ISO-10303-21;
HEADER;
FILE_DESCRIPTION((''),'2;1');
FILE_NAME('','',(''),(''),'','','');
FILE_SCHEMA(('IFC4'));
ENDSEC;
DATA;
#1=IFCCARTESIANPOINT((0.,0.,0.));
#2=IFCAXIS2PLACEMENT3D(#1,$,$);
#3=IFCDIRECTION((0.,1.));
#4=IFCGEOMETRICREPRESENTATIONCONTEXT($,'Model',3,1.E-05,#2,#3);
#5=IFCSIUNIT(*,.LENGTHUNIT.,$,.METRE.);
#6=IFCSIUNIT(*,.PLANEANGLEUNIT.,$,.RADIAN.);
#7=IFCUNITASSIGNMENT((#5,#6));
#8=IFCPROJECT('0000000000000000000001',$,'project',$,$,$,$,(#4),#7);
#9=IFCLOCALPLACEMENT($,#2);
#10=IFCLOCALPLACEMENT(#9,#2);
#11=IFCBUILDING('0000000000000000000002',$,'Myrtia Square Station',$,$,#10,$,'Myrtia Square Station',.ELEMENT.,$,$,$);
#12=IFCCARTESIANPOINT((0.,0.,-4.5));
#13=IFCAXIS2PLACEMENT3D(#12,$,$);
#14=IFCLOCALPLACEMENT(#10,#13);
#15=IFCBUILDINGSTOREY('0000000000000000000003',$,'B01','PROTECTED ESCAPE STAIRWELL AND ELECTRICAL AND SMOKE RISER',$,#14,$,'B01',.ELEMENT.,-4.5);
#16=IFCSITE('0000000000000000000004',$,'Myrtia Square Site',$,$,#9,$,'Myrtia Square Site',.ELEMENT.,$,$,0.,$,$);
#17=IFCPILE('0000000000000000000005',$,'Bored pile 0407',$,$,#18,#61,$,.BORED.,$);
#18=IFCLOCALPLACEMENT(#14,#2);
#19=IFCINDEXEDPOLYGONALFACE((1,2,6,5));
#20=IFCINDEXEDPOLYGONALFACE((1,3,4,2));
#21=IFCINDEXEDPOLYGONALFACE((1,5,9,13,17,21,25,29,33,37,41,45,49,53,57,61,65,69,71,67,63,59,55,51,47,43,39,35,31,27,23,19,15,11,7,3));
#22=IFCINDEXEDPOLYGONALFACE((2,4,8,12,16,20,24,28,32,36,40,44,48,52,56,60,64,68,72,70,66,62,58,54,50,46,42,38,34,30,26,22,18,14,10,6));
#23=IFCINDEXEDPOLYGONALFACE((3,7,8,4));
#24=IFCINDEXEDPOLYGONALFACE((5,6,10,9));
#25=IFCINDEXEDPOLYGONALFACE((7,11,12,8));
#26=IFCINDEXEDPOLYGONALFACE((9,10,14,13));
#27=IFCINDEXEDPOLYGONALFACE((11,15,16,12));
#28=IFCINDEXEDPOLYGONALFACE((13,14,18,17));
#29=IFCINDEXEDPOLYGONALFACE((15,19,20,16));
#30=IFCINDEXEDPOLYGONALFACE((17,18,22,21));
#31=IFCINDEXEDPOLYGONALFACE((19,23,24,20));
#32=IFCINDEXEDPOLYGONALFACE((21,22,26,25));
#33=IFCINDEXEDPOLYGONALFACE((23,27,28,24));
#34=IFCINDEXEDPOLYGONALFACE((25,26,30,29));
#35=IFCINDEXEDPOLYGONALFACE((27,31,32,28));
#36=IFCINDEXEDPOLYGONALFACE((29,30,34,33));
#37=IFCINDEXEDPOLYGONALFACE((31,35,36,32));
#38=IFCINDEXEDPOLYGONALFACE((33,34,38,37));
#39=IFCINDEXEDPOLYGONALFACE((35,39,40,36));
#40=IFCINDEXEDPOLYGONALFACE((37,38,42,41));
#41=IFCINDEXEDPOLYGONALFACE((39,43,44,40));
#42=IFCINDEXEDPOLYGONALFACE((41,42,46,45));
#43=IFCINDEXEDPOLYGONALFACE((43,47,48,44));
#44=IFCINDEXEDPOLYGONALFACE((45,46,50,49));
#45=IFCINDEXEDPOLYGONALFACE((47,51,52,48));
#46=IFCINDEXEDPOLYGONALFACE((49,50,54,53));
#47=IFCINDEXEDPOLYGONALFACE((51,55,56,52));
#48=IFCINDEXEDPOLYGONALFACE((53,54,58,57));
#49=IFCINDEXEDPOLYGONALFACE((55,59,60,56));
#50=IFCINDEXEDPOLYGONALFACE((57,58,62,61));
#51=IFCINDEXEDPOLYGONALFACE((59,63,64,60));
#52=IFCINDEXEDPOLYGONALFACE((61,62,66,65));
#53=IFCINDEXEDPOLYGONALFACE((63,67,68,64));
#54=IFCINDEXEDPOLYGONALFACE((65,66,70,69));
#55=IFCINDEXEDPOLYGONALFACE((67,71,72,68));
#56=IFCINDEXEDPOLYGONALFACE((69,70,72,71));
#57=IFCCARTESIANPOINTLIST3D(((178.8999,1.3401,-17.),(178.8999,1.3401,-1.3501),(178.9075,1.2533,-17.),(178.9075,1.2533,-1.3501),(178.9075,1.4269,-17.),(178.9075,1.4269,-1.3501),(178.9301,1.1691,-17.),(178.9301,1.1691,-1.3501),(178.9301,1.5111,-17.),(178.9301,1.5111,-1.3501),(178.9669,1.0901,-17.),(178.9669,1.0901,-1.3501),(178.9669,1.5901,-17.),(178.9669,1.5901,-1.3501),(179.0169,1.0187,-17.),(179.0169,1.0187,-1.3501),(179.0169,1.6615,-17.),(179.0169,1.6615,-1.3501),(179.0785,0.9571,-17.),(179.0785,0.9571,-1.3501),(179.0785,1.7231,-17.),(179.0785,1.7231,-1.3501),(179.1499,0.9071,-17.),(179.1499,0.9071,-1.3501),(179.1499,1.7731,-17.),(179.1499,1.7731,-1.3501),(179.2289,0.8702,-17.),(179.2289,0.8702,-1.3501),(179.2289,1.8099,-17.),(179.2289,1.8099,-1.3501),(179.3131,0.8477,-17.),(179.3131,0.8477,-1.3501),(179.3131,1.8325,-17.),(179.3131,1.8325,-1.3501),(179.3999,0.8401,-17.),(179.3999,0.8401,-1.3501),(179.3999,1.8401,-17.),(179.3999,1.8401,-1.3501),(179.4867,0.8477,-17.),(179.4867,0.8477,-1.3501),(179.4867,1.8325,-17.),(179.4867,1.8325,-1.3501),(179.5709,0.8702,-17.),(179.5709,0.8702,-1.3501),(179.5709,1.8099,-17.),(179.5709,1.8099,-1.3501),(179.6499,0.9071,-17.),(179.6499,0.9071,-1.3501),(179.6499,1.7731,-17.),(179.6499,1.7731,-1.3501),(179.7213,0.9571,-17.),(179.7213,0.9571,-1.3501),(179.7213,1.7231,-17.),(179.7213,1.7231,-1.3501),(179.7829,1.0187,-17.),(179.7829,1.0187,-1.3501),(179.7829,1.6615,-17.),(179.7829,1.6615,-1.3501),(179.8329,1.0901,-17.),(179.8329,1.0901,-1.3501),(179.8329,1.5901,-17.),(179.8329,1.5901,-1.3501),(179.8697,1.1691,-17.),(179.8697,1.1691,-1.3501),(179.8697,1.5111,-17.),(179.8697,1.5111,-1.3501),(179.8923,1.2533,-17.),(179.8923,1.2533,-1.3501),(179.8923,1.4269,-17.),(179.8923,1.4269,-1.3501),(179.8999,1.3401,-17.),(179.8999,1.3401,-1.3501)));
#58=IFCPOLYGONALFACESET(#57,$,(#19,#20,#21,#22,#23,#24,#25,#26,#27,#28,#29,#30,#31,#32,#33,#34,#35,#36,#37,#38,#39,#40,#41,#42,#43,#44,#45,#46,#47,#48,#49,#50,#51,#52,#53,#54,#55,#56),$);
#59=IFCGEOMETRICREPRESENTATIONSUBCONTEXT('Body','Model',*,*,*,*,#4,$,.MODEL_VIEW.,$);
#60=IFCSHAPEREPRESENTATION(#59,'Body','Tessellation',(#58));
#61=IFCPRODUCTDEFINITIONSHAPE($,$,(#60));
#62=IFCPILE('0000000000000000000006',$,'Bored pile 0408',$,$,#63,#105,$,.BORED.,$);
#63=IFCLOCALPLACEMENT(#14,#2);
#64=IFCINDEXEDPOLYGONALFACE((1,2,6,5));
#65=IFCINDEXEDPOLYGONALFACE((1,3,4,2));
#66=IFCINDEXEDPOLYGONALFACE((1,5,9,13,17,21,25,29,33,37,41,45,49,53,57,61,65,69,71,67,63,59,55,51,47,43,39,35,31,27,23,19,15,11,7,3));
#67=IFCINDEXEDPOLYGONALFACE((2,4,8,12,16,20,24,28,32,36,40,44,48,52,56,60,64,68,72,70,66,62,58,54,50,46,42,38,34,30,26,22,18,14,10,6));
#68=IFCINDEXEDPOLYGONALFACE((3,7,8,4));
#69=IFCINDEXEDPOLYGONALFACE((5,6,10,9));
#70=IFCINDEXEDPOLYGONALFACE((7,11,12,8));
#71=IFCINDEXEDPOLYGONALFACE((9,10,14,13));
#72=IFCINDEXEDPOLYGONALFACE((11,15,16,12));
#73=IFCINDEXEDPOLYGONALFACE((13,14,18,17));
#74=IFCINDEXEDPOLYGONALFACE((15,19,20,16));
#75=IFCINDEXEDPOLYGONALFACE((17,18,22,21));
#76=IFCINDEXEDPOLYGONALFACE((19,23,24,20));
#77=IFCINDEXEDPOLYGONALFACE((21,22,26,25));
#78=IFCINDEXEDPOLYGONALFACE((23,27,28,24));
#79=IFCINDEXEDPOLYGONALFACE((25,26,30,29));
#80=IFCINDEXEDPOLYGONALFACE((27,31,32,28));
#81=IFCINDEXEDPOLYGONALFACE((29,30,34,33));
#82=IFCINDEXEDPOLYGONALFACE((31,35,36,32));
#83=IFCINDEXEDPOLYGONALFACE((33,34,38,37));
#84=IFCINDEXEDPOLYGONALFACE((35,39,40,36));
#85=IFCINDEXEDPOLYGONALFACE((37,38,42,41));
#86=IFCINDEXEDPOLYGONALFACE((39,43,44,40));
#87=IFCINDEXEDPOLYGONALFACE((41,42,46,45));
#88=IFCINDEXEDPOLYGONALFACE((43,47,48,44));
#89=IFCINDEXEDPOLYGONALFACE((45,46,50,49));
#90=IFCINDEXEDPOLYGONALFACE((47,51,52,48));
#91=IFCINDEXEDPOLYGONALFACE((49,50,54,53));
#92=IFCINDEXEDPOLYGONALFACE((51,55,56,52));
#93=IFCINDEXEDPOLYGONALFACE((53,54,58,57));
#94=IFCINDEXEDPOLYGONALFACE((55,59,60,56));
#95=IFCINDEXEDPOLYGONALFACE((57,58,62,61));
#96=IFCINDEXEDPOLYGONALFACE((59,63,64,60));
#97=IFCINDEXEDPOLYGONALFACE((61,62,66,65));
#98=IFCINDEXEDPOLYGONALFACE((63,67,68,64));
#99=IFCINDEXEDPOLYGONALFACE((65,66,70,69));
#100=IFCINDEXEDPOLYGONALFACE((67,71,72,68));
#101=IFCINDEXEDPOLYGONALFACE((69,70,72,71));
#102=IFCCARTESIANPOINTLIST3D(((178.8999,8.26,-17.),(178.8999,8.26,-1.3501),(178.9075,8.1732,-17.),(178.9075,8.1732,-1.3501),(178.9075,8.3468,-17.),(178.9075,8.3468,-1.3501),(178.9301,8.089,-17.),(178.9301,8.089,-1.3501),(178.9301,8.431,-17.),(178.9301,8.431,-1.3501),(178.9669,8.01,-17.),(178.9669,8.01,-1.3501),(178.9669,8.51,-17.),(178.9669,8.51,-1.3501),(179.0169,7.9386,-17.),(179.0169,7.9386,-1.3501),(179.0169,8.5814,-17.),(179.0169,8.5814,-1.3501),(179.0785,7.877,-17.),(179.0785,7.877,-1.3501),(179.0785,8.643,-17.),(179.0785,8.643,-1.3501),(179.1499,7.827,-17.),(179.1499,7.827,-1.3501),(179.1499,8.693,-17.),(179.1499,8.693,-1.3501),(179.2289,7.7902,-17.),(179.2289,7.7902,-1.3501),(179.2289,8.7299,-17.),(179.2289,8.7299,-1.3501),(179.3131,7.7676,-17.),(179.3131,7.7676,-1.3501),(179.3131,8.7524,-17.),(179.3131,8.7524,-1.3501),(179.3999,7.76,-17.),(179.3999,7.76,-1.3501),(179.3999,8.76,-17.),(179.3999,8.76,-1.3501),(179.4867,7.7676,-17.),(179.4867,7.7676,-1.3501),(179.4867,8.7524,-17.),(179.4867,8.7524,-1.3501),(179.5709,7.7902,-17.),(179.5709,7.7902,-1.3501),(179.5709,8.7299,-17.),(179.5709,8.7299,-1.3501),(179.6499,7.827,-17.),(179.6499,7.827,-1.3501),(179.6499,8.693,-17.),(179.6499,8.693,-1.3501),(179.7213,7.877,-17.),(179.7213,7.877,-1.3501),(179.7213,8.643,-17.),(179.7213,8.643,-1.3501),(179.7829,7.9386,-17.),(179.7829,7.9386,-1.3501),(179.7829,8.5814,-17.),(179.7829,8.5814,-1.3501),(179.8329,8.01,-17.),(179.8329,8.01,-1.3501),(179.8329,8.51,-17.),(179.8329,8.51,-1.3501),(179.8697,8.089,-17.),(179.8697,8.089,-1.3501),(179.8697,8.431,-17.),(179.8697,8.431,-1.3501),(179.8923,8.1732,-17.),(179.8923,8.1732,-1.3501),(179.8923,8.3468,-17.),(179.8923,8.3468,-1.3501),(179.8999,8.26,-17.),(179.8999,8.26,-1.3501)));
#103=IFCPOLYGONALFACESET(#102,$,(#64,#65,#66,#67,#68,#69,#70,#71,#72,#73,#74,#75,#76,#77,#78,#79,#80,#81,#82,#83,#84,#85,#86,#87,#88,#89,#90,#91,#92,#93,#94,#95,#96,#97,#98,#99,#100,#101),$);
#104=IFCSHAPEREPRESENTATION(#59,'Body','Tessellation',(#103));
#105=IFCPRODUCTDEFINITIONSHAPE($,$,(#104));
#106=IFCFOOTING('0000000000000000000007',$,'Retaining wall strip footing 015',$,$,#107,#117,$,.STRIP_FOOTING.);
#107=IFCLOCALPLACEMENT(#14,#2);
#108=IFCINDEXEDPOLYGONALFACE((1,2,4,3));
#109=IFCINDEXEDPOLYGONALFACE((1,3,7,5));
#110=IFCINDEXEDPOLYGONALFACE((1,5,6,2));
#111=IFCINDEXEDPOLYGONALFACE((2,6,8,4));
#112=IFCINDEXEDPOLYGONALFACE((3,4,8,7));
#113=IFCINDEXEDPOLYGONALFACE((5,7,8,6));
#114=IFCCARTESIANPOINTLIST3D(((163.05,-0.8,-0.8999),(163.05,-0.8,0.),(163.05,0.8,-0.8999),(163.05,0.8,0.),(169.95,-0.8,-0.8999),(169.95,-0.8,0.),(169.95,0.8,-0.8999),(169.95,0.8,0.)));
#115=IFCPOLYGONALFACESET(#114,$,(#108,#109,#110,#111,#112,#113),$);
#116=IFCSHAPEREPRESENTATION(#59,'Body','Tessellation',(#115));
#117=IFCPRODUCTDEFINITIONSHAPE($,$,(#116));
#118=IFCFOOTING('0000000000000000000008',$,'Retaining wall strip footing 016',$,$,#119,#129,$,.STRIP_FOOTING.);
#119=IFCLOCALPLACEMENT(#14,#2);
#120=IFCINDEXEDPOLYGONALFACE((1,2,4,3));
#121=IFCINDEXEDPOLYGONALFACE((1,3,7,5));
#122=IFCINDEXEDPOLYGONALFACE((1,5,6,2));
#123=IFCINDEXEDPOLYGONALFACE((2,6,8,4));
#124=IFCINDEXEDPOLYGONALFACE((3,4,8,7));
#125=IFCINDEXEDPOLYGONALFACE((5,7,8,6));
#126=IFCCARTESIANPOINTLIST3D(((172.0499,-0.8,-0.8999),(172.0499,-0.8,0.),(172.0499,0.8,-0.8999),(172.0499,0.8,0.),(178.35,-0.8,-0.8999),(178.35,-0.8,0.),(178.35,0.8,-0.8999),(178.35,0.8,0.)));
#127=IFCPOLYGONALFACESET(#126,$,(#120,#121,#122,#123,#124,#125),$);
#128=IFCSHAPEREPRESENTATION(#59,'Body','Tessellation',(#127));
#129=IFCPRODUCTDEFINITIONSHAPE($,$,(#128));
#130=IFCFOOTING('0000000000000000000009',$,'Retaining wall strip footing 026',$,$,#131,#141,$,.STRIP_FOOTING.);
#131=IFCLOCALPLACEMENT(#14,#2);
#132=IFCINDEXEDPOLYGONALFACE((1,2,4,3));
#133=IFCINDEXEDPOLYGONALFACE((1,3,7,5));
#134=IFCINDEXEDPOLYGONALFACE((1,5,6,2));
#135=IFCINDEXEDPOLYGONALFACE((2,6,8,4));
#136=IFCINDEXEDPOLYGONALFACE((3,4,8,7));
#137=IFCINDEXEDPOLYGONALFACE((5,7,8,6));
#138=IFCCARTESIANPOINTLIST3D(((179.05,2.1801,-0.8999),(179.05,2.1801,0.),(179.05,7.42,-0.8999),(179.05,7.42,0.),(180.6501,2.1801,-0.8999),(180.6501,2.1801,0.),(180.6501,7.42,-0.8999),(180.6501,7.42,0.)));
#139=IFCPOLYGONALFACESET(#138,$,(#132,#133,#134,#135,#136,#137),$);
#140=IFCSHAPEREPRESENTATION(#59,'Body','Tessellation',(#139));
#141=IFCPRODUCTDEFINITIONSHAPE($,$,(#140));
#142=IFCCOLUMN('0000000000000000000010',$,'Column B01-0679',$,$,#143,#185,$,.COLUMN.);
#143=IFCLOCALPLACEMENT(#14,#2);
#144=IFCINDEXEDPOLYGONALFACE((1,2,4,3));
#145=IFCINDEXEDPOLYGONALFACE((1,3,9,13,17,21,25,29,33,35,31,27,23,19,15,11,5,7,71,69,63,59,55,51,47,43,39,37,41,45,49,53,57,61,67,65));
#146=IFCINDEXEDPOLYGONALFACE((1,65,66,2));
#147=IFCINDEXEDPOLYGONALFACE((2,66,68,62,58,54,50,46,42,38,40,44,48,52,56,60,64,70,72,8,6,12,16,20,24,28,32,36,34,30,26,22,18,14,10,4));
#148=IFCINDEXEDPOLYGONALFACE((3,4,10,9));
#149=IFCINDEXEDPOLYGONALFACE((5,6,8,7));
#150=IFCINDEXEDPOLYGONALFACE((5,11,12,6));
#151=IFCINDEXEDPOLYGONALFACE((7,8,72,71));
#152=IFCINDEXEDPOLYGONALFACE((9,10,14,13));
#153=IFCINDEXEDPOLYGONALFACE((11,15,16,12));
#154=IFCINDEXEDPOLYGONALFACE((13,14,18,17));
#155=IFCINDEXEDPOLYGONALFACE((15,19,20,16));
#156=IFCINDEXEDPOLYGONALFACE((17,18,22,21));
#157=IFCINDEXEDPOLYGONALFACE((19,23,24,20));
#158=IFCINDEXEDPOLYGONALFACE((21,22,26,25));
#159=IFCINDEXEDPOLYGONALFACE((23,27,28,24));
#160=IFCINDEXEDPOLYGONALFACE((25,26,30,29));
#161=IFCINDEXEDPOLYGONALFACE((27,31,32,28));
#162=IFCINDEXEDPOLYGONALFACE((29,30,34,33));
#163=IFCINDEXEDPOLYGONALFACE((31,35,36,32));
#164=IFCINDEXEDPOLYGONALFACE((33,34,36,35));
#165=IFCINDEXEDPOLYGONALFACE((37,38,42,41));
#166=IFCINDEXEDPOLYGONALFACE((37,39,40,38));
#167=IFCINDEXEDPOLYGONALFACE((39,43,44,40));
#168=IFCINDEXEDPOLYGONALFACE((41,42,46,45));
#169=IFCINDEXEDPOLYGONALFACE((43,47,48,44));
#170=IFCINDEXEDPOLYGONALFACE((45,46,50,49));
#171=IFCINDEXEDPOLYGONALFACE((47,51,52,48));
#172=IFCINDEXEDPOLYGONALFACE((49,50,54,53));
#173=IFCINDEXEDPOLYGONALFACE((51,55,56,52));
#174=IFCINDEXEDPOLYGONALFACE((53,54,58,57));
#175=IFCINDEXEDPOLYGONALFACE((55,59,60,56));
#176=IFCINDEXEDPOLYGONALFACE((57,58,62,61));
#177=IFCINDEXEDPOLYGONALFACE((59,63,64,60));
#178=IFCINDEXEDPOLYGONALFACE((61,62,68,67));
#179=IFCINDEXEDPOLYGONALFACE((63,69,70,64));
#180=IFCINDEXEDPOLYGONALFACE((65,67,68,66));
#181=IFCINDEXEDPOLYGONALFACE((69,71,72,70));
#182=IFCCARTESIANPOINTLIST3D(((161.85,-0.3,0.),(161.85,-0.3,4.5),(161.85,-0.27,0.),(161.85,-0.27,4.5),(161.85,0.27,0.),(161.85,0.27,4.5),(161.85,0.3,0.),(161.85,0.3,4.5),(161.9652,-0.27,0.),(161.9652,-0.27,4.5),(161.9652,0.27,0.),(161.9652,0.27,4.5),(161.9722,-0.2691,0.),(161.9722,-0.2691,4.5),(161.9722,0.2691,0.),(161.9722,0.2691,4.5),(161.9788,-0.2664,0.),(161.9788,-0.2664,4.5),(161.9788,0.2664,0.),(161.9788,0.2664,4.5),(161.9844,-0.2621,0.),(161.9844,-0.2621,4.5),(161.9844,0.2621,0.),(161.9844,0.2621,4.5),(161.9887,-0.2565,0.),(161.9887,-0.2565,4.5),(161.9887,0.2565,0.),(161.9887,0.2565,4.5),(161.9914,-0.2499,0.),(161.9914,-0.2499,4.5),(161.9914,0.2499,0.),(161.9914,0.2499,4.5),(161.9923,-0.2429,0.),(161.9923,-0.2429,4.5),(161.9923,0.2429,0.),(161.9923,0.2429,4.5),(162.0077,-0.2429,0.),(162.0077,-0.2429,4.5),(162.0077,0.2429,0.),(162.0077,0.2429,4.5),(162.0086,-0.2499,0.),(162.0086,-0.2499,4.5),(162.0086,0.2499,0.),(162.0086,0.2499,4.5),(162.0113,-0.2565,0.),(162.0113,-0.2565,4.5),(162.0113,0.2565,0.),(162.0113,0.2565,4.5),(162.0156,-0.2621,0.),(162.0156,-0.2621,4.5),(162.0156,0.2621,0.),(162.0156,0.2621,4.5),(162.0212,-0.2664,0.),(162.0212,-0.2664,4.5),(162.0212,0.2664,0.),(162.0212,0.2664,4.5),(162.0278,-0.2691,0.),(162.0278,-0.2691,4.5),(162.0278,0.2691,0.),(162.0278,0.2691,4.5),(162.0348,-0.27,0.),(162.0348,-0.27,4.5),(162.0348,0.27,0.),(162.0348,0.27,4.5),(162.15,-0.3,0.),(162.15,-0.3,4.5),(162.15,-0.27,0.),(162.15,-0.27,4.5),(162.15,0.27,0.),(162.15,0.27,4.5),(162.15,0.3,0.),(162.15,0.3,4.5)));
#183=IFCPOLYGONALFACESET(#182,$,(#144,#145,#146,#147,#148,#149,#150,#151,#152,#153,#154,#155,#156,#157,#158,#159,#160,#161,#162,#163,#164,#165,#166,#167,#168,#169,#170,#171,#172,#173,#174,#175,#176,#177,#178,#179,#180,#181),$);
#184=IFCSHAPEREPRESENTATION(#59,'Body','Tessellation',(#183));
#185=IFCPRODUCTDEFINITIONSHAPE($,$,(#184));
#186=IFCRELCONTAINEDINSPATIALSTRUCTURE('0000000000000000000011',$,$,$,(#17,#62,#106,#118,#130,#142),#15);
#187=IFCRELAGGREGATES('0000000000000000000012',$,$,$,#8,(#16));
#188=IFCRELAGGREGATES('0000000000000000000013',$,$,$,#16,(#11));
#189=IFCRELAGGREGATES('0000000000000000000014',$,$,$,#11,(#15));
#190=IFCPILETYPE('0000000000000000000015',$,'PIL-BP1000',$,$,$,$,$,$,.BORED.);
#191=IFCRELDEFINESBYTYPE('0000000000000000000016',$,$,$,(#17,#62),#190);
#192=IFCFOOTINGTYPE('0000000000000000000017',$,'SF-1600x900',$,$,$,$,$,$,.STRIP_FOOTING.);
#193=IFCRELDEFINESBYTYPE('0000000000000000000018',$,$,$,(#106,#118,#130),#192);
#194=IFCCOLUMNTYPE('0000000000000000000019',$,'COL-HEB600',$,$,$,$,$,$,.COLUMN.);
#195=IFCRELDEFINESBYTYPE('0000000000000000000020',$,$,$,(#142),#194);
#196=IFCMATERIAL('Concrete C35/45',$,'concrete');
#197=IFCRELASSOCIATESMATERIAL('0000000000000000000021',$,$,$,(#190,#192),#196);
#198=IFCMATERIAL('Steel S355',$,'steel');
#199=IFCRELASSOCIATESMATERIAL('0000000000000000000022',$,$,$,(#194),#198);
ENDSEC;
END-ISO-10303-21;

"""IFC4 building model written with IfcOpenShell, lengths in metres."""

from ifc_helpers import new_model, si_unit, direction, frame, origin, origin_2d, place, context, subcontext, project, spatial, rectangle, circle, i_section, extrude, material, material_profile, profile_set, type_object, element, save


model = new_model("IFC4")

# Units and contexts
model_context = context("Model", 3, precision=1e-05, world=origin(), true_north=direction((0.0, 1.0)))
body_context = subcontext(model_context, "Body", "Model", "MODEL_VIEW")
ifc_project = project(units=[si_unit("LENGTHUNIT", "METRE"), si_unit("PLANEANGLEUNIT", "RADIAN")], contexts=[model_context])

# Site, building, storey
site_placement = place(None, origin())
site = spatial("IfcSite", under=ifc_project, at=site_placement, Name="Myrtia Square Site", LongName="Myrtia Square Site", CompositionType="ELEMENT", RefElevation=0.0)
building_placement = place(site_placement, origin())
building = spatial("IfcBuilding", under=site, at=building_placement, Name="Myrtia Square Station", LongName="Myrtia Square Station", CompositionType="ELEMENT")
storey_placement = place(building_placement, frame((0.0, 0.0, -4.5)))
storey = spatial("IfcBuildingStorey", under=building, at=storey_placement, Name="B01", Description="PROTECTED ESCAPE STAIRWELL AND ELECTRICAL AND SMOKE RISER", LongName="B01", CompositionType="ELEMENT", Elevation=-4.5)

# Shared definitions
ifc_material_1 = material(Name="Concrete C35/45", Category="concrete")

# Piles
ifc_material_profile_1 = material_profile(ifc_material_1, circle(Radius=0.5, at=origin_2d()), Name="BP D1000")
ifc_profile_set_1 = profile_set([ifc_material_profile_1], Name="Concrete C35/45")
pile_type = type_object("IfcPileType", Name="PIL-BP1000", PredefinedType="BORED", material=ifc_profile_set_1)
for number, where, z_axis, x_axis, name in (
    (1, (179.3999, 1.3401, -1.3501), (0.0, 0.0, -1.0), (1.0, 0.0, 0.0), "Bored pile 0407"),
    (2, (179.3999, 8.26, -1.3501), (0.0, 0.0, -1.0), (1.0, 0.0, 0.0), "Bored pile 0408"),
):
    element("IfcPile", number, at=place(storey_placement, frame(where, z_axis=z_axis, x_axis=x_axis)), inside=storey, type_object=pile_type, Name=name, PredefinedType="BORED", context=body_context, shape_type="SweptSolid", body=[
        extrude(circle(Radius=0.5, at=origin_2d()), origin(), (0.0, 0.0, 1.0), 15.6499),
    ])

# Footings
footing_type_1 = type_object("IfcFootingType", Name="SF-1600x900", PredefinedType="STRIP_FOOTING", material=ifc_material_1)
footing_1_placement = place(storey_placement, frame((166.5, 0.0, -0.8999), z_axis=(0.0, 0.0, 1.0), x_axis=(1.0, 0.0, 0.0)))
element("IfcFooting", 3, at=footing_1_placement, inside=storey, type_object=footing_type_1, Name="Retaining wall strip footing 015", PredefinedType="STRIP_FOOTING", context=body_context, shape_type="SweptSolid", body=[
    extrude(rectangle(XDim=6.8999, YDim=1.6001, at=origin_2d()), origin(), (0.0, 0.0, 1.0), 0.8999),
])
footing_2_placement = place(storey_placement, frame((175.2, 0.0, -0.8999), z_axis=(0.0, 0.0, 1.0), x_axis=(1.0, 0.0, 0.0)))
element("IfcFooting", 4, at=footing_2_placement, inside=storey, type_object=footing_type_1, Name="Retaining wall strip footing 016", PredefinedType="STRIP_FOOTING", context=body_context, shape_type="SweptSolid", body=[
    extrude(rectangle(XDim=6.3, YDim=1.6001, at=origin_2d()), origin(), (0.0, 0.0, 1.0), 0.8999),
])
footing_3_placement = place(storey_placement, frame((179.8501, 4.8, -0.8999), z_axis=(0.0, 0.0, 1.0), x_axis=(1.0, 0.0, 0.0)))
element("IfcFooting", 5, at=footing_3_placement, inside=storey, type_object=footing_type_1, Name="Retaining wall strip footing 026", PredefinedType="STRIP_FOOTING", context=body_context, shape_type="SweptSolid", body=[
    extrude(rectangle(XDim=1.6001, YDim=5.24, at=origin_2d()), origin(), (0.0, 0.0, 1.0), 0.8999),
])

# Column
ifc_material_2 = material(Name="Steel S355", Category="steel")
ifc_material_profile_2 = material_profile(ifc_material_2, i_section(OverallWidth=0.3, OverallDepth=0.6001, WebThickness=0.0154, FlangeThickness=0.03, FilletRadius=0.0271, at=origin_2d()), Name="HEB 600")
ifc_profile_set_2 = profile_set([ifc_material_profile_2], Name="Steel S355")
column_type = type_object("IfcColumnType", Name="COL-HEB600", PredefinedType="COLUMN", material=ifc_profile_set_2)
for number, where, z_axis, x_axis, name in (
    (6, (162.0, 0.0, 0.0), (0.0, 0.0, 1.0), (1.0, 0.0, 0.0), "Column B01-0679"),
):
    element("IfcColumn", number, at=place(storey_placement, frame(where, z_axis=z_axis, x_axis=x_axis)), inside=storey, type_object=column_type, Name=name, PredefinedType="COLUMN", context=body_context, shape_type="SweptSolid", body=[
        extrude(i_section(OverallWidth=0.3, OverallDepth=0.6001, WebThickness=0.0154, FlangeThickness=0.03, FilletRadius=0.0271, at=origin_2d()), origin(), (0.0, 0.0, 1.0), 4.5),
    ])

save(model, "model.ifc")
